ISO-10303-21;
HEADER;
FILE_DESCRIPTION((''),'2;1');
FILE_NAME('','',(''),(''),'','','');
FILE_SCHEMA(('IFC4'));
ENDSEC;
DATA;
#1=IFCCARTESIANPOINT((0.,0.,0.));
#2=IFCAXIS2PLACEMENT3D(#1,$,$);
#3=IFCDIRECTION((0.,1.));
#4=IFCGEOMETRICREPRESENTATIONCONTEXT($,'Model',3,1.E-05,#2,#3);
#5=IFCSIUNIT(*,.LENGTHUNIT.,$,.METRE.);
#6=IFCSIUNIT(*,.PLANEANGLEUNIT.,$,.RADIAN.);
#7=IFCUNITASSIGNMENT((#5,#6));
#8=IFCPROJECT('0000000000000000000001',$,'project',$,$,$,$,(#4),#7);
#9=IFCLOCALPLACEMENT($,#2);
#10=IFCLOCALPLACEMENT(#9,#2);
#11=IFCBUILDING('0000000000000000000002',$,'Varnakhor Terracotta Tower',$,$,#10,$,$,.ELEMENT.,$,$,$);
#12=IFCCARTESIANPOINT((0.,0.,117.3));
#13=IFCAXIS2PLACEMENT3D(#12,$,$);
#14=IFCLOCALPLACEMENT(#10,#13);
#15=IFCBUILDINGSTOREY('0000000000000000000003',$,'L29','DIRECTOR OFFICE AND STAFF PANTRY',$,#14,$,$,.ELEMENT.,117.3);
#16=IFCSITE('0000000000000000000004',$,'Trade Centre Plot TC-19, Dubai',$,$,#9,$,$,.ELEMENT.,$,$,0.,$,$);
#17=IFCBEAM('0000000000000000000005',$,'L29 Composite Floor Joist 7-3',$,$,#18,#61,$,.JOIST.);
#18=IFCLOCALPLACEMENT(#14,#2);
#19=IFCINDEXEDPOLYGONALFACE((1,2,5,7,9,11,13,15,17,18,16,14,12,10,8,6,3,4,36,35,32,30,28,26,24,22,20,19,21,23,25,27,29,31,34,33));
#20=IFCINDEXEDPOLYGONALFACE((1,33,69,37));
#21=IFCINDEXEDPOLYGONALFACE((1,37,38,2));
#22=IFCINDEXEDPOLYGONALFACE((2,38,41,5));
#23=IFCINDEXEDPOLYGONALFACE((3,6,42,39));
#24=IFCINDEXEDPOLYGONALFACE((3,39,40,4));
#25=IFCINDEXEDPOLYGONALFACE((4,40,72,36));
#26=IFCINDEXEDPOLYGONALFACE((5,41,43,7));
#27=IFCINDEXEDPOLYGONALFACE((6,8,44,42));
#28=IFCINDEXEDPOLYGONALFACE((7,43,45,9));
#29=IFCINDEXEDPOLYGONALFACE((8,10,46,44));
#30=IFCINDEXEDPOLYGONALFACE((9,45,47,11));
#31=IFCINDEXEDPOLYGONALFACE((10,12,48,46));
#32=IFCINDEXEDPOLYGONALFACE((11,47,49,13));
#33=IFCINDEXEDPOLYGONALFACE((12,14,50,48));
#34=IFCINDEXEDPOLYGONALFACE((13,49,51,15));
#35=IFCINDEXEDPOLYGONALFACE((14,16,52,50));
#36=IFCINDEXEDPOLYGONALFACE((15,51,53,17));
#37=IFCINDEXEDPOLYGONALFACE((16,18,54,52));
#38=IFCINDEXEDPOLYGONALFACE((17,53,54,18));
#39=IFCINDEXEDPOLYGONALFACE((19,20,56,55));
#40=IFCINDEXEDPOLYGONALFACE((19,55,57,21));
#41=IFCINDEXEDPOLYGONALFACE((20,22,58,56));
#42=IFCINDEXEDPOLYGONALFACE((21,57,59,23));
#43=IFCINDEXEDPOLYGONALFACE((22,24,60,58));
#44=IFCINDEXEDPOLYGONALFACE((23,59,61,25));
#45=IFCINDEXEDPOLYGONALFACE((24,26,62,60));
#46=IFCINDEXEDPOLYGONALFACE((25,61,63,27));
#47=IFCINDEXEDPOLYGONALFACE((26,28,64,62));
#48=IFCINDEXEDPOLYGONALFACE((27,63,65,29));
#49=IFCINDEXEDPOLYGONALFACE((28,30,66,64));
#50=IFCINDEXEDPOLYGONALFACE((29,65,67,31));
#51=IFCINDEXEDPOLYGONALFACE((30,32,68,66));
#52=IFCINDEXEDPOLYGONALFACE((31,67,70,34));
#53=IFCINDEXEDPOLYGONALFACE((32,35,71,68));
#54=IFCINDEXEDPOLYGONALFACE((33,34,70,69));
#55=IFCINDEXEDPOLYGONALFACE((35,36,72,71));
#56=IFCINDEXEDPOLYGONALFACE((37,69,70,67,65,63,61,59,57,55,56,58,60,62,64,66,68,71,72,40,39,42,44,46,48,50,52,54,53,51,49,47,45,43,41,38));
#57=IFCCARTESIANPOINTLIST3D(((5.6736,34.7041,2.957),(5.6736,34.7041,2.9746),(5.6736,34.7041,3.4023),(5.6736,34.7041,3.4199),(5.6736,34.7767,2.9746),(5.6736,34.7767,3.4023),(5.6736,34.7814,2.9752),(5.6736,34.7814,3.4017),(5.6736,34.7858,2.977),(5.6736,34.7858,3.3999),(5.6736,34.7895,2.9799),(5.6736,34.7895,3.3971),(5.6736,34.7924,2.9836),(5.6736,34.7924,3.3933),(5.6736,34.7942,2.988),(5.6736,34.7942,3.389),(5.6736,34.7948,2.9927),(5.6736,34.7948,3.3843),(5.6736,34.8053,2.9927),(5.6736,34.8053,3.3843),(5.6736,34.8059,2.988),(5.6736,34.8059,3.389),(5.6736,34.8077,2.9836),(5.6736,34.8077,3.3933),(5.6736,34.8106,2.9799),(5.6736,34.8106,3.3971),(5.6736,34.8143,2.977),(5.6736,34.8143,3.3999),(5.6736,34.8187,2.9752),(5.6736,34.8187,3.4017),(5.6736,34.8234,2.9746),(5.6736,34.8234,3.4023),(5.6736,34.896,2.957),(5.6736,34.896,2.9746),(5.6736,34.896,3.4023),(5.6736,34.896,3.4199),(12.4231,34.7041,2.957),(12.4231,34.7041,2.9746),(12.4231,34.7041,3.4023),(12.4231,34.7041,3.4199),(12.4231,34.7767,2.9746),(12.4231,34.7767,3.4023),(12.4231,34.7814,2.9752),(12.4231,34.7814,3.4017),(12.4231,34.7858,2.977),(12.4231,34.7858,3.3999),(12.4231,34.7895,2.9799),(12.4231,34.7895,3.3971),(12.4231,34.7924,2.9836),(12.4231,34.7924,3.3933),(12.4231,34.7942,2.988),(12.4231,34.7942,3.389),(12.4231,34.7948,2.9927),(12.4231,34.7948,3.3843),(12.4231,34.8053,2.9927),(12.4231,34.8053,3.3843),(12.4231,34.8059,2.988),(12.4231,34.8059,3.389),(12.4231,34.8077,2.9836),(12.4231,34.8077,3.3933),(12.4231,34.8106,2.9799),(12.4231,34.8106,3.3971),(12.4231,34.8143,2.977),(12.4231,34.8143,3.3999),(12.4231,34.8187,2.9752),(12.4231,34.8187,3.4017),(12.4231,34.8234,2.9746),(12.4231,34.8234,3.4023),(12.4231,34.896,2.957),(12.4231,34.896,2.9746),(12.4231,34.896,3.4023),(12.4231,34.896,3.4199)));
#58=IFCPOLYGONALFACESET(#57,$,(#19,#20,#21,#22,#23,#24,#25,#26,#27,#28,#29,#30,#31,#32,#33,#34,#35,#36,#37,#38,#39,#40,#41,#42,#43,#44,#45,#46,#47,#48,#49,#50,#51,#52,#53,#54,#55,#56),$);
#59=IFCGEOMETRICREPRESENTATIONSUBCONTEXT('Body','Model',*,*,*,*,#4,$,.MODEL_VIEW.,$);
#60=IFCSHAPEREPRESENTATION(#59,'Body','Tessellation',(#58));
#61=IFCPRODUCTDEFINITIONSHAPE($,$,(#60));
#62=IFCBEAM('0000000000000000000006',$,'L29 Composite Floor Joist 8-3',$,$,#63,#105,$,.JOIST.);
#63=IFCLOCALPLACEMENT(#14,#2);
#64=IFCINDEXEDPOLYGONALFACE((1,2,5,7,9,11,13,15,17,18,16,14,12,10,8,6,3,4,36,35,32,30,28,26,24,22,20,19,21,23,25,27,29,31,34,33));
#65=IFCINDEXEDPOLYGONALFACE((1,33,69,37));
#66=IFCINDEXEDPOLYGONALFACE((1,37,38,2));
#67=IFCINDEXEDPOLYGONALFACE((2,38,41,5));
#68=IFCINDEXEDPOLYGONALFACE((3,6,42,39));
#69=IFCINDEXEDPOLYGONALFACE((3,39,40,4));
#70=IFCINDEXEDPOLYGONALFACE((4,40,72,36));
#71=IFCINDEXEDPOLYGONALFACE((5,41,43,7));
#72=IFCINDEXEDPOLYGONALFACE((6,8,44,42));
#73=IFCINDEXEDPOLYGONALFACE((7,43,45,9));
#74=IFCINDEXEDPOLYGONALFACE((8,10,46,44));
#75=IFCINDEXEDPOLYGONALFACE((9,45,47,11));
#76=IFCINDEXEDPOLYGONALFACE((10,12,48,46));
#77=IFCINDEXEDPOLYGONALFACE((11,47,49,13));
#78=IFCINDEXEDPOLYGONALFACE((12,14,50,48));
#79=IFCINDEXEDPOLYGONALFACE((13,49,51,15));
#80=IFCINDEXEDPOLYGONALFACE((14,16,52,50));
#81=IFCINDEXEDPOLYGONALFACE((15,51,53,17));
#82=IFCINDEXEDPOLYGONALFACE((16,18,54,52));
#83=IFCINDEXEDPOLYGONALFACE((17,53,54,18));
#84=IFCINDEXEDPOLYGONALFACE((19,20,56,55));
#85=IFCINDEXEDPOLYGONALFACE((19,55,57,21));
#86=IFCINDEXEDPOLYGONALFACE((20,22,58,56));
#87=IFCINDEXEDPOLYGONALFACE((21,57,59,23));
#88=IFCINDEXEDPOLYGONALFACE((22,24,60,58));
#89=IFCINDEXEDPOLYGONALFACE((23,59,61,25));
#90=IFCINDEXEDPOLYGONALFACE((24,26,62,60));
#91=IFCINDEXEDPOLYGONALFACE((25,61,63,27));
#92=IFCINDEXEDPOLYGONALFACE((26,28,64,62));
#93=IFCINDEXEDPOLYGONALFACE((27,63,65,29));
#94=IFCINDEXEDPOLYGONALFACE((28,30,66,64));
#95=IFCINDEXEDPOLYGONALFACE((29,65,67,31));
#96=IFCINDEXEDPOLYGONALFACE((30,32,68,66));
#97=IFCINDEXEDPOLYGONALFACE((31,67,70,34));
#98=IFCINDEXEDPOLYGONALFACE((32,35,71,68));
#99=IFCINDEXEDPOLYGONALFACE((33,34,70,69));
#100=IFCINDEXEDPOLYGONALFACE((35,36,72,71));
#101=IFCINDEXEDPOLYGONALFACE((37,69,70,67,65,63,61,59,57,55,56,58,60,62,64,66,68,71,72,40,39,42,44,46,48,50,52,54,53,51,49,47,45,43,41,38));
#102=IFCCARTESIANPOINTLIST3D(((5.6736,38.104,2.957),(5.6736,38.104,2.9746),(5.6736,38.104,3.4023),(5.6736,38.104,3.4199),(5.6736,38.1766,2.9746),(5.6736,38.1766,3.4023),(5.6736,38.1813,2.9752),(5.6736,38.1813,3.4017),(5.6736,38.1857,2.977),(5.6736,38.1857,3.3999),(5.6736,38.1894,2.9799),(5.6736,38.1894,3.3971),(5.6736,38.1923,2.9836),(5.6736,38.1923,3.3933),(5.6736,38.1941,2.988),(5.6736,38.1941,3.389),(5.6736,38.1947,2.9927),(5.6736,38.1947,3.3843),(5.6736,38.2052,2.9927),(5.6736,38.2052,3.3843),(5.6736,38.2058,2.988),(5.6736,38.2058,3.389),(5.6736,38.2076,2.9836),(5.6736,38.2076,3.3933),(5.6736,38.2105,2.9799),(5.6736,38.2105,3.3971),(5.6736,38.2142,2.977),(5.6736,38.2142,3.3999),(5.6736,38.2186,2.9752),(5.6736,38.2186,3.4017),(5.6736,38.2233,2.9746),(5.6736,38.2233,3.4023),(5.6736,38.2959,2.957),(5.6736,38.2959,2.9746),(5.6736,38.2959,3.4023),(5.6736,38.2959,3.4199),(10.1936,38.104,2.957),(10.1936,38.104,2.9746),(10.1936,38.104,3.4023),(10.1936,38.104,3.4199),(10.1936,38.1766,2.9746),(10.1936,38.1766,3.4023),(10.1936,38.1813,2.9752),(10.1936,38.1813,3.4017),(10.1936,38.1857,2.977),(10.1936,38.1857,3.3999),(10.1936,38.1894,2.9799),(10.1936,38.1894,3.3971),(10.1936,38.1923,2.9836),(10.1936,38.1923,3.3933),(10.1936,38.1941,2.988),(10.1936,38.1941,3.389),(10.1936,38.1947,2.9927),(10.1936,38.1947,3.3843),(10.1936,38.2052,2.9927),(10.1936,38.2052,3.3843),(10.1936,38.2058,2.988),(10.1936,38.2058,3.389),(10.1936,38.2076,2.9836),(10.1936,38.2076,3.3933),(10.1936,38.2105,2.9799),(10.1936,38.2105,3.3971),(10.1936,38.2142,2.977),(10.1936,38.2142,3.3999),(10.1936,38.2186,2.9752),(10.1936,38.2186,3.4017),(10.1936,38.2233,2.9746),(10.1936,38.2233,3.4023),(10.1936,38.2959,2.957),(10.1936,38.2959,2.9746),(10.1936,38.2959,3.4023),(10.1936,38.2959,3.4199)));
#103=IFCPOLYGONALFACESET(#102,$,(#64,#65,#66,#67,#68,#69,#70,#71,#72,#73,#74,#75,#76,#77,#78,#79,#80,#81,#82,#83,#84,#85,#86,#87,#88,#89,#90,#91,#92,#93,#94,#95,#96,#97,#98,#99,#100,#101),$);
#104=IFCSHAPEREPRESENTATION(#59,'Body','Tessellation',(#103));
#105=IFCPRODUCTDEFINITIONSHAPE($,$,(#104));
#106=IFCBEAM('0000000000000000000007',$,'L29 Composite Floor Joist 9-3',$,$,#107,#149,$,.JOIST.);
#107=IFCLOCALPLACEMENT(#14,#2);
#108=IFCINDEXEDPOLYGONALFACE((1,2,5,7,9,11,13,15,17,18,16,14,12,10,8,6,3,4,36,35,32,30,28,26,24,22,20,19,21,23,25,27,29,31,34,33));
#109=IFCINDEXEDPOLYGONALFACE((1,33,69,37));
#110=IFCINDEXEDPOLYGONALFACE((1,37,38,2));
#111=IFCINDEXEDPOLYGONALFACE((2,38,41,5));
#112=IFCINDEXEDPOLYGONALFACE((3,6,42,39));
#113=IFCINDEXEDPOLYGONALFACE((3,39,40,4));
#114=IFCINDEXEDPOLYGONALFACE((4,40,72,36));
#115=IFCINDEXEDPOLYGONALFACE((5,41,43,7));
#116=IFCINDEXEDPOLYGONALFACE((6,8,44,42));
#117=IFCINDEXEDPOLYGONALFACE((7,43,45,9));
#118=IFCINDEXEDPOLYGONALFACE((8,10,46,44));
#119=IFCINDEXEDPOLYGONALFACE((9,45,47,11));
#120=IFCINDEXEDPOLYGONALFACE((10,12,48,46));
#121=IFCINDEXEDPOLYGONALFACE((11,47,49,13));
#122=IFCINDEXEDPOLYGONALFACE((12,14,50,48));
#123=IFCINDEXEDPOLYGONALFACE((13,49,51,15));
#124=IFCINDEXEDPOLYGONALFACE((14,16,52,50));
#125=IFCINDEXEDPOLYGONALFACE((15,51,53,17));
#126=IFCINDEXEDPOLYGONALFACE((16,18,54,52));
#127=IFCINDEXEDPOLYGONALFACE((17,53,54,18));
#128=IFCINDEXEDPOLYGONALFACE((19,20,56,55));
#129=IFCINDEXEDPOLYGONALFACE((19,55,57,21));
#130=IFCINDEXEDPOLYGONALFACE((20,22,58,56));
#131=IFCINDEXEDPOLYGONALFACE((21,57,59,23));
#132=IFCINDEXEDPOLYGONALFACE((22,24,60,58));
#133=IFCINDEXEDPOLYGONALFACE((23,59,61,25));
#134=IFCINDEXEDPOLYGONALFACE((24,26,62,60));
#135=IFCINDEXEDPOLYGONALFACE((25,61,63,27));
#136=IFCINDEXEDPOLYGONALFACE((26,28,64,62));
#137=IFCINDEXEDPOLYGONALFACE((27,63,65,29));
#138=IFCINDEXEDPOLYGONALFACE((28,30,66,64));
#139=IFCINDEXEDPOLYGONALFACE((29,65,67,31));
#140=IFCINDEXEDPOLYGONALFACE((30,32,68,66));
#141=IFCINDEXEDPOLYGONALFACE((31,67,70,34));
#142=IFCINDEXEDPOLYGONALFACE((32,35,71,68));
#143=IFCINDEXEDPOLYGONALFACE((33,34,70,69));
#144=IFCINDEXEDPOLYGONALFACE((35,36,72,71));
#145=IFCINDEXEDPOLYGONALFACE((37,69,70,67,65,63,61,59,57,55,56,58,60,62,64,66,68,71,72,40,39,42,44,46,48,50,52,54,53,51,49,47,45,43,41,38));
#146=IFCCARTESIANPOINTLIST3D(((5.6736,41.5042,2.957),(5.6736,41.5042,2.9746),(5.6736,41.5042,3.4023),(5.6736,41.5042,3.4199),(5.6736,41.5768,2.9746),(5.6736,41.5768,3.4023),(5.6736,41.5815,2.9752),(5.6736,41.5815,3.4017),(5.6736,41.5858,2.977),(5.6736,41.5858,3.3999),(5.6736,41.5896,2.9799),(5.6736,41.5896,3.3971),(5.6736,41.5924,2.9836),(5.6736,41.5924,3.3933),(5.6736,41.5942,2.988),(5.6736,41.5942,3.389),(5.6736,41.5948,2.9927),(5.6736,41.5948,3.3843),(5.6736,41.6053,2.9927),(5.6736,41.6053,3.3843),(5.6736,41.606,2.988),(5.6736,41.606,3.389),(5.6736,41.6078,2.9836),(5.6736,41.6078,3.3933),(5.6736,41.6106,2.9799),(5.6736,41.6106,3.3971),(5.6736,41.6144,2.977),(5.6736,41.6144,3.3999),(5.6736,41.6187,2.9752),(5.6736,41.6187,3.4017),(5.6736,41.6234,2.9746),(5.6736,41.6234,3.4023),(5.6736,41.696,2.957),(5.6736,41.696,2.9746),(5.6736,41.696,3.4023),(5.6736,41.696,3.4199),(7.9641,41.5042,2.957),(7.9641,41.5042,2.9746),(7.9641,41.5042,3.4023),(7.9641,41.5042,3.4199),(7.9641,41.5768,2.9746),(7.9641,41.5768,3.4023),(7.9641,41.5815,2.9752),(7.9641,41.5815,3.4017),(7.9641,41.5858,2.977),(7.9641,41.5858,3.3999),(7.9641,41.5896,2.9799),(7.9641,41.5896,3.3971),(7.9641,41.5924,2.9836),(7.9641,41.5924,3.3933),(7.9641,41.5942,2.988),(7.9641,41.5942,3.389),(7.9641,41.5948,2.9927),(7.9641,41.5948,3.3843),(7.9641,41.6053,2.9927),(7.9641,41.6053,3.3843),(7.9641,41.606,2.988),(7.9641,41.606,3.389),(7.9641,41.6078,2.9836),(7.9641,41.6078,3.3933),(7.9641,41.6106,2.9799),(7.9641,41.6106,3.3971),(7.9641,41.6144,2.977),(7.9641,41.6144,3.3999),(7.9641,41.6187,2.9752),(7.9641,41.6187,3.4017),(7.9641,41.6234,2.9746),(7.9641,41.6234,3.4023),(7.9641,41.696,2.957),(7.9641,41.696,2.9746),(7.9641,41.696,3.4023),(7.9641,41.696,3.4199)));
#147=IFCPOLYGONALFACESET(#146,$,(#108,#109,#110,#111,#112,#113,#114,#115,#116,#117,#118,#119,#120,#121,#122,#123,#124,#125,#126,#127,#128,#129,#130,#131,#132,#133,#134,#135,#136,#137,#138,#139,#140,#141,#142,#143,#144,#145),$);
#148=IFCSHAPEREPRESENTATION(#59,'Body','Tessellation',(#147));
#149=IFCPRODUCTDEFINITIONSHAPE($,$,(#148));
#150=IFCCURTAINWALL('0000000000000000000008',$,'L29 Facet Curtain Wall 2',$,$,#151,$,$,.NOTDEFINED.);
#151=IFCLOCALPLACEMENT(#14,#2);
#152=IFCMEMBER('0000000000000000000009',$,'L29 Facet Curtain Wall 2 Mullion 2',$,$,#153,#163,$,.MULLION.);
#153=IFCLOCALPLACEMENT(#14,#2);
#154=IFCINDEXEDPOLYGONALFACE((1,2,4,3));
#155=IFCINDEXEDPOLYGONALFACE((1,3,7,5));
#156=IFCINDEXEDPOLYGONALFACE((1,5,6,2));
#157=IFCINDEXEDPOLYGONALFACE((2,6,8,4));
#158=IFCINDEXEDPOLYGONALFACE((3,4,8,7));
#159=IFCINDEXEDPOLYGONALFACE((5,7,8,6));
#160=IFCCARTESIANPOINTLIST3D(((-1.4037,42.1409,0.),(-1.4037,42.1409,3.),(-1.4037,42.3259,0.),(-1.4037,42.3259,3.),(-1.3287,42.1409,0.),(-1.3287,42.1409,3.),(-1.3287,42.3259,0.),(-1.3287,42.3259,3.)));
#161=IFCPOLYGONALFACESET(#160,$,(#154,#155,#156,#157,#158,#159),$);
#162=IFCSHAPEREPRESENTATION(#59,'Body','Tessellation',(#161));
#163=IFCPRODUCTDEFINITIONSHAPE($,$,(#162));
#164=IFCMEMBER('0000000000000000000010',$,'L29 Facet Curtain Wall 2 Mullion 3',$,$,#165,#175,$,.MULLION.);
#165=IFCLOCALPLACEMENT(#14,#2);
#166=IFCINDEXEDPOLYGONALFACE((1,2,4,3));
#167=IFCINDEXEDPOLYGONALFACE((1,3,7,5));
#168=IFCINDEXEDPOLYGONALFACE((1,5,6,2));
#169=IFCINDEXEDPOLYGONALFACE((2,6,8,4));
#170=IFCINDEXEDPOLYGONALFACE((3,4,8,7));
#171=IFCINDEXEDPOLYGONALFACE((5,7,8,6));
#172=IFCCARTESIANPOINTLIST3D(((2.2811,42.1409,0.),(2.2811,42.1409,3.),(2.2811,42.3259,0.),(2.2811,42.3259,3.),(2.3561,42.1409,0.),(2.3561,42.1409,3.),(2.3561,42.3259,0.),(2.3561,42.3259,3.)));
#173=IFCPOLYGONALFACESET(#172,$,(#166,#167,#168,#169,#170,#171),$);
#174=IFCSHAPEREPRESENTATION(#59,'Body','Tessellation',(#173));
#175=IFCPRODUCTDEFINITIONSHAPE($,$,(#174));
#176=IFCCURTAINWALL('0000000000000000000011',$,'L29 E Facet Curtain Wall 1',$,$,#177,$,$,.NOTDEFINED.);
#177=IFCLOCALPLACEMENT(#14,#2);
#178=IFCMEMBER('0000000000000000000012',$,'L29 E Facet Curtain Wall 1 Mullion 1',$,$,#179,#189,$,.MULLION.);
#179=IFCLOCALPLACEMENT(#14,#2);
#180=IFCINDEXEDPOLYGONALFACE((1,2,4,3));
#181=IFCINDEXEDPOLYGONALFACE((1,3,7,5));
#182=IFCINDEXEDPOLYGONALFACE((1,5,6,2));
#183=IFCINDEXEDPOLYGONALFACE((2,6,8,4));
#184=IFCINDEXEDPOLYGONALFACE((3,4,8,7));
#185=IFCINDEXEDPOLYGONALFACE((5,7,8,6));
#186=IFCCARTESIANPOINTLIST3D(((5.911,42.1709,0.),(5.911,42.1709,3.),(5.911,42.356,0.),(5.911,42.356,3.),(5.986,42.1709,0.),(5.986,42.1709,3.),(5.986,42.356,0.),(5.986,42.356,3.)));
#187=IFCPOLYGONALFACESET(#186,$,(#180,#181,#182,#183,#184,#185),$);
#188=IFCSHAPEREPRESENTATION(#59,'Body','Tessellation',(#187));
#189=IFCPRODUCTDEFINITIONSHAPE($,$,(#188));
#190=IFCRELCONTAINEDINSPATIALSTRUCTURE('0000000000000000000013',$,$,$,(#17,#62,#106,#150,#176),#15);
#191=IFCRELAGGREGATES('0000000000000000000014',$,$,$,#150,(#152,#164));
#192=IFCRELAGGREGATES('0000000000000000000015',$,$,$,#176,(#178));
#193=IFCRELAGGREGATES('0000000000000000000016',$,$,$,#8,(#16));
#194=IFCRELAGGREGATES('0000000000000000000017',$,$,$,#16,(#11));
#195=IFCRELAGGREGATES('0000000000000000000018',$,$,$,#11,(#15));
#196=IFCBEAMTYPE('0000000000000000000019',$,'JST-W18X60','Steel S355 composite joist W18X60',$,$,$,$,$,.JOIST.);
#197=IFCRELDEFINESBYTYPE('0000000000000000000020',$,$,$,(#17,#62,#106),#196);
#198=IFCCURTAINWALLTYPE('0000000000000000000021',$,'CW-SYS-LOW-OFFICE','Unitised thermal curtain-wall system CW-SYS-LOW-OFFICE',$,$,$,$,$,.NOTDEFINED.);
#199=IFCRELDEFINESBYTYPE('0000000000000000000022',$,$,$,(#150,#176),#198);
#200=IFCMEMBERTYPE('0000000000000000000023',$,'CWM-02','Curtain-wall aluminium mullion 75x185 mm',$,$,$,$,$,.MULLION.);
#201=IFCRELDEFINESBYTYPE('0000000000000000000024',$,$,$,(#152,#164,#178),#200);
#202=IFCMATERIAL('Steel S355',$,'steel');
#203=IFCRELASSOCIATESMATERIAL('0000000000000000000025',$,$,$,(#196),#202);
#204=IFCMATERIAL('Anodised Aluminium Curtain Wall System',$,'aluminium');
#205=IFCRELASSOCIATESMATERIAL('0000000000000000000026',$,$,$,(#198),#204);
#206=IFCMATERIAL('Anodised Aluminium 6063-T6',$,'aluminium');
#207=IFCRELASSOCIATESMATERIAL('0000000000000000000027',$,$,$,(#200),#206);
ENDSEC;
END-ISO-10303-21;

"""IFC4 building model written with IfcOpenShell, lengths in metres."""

from ifc_helpers import new_model, si_unit, direction, frame, origin, origin_2d, place, context, subcontext, project, spatial, rectangle, i_section, extrude, source, transform, mapped, material, material_profile, profile_set, type_object, element, aggregate, save


model = new_model("IFC4")

# Units and contexts
model_context = context("Model", 3, precision=1e-05, world=origin(), true_north=direction((0.0, 1.0)))
body_context = subcontext(model_context, "Body", "Model", "MODEL_VIEW")
ifc_project = project(units=[si_unit("LENGTHUNIT", "METRE"), si_unit("PLANEANGLEUNIT", "RADIAN")], contexts=[model_context])

# Site, building, storey
site_placement = place(None, origin())
site = spatial("IfcSite", under=ifc_project, at=site_placement, Name="Trade Centre Plot TC-19, Dubai", CompositionType="ELEMENT", RefElevation=0.0)
building_placement = place(site_placement, origin())
building = spatial("IfcBuilding", under=site, at=building_placement, Name="Varnakhor Terracotta Tower", CompositionType="ELEMENT")
storey_placement = place(building_placement, frame((0.0, 0.0, 117.3)))
storey = spatial("IfcBuildingStorey", under=building, at=storey_placement, Name="L29", Description="DIRECTOR OFFICE AND STAFF PANTRY", CompositionType="ELEMENT", Elevation=117.3)

# Beams
ifc_material_1 = material(Name="Steel S355", Category="steel")
ifc_material_profile_1 = material_profile(ifc_material_1, i_section(OverallWidth=0.1919, OverallDepth=0.4629, WebThickness=0.0105, FlangeThickness=0.0176, FilletRadius=0.0181, at=origin_2d()), Name="W18X60")
ifc_profile_set_1 = profile_set([ifc_material_profile_1], Name="Steel S355")
beam_type_1 = type_object("IfcBeamType", Name="JST-W18X60", Description="Steel S355 composite joist W18X60", PredefinedType="JOIST", material=ifc_profile_set_1)
shared_shape_1 = source(origin(), body_context, "Body", "SweptSolid", [
    extrude(i_section(OverallWidth=0.1919, OverallDepth=0.4629, WebThickness=0.0105, FlangeThickness=0.0176, FilletRadius=0.0181, at=origin_2d()), origin(), (0.0, 0.0, 1.0), 6.7495),
])
beam_1_placement = place(storey_placement, frame((5.6736, 34.8, 3.1885), z_axis=(1.0, 0.0, 0.0), x_axis=(0.0, 1.0, 0.0)))
element("IfcBeam", 1, at=beam_1_placement, inside=storey, type_object=beam_type_1, Name="L29 Composite Floor Joist 7-3", PredefinedType="JOIST", context=body_context, shape_type="MappedRepresentation", body=[
    mapped(shared_shape_1, transform((0.0, 0.0, 0.0), scale=1.0)),
])
shared_shape_2 = source(origin(), body_context, "Body", "SweptSolid", [
    extrude(i_section(OverallWidth=0.1919, OverallDepth=0.4629, WebThickness=0.0105, FlangeThickness=0.0176, FilletRadius=0.0181, at=origin_2d()), origin(), (0.0, 0.0, 1.0), 4.52),
])
beam_2_placement = place(storey_placement, frame((5.6736, 38.2, 3.1885), z_axis=(1.0, 0.0, 0.0), x_axis=(0.0, 1.0, 0.0)))
element("IfcBeam", 2, at=beam_2_placement, inside=storey, type_object=beam_type_1, Name="L29 Composite Floor Joist 8-3", PredefinedType="JOIST", context=body_context, shape_type="MappedRepresentation", body=[
    mapped(shared_shape_2, transform((0.0, 0.0, 0.0), scale=1.0)),
])
shared_shape_3 = source(origin(), body_context, "Body", "SweptSolid", [
    extrude(i_section(OverallWidth=0.1919, OverallDepth=0.4629, WebThickness=0.0105, FlangeThickness=0.0176, FilletRadius=0.0181, at=origin_2d()), origin(), (0.0, 0.0, 1.0), 2.2905),
])
beam_3_placement = place(storey_placement, frame((5.6736, 41.6001, 3.1885), z_axis=(1.0, 0.0, 0.0), x_axis=(0.0, 1.0, 0.0)))
element("IfcBeam", 3, at=beam_3_placement, inside=storey, type_object=beam_type_1, Name="L29 Composite Floor Joist 9-3", PredefinedType="JOIST", context=body_context, shape_type="MappedRepresentation", body=[
    mapped(shared_shape_3, transform((0.0, 0.0, 0.0), scale=1.0)),
])

# Curtain walls, members
ifc_material_2 = material(Name="Anodised Aluminium Curtain Wall System", Category="aluminium")
curtain_wall_type = type_object("IfcCurtainWallType", Name="CW-SYS-LOW-OFFICE", Description="Unitised thermal curtain-wall system CW-SYS-LOW-OFFICE", PredefinedType="NOTDEFINED", material=ifc_material_2)
curtain_wall_1_placement = place(storey_placement, origin())
curtain_wall_1 = element("IfcCurtainWall", 4, at=curtain_wall_1_placement, inside=storey, type_object=curtain_wall_type, Name="L29 Facet Curtain Wall 2", PredefinedType="NOTDEFINED")
ifc_material_3 = material(Name="Anodised Aluminium 6063-T6", Category="aluminium")
ifc_material_profile_2 = material_profile(ifc_material_3, rectangle(XDim=0.075, YDim=0.1851, at=origin_2d()), Name="ALU MULLION 75x185")
ifc_profile_set_2 = profile_set([ifc_material_profile_2], Name="Anodised Aluminium 6063-T6")
member_type_1 = type_object("IfcMemberType", Name="CWM-02", Description="Curtain-wall aluminium mullion 75x185 mm", PredefinedType="MULLION", material=ifc_profile_set_2)
shared_shape_4 = source(origin(), body_context, "Body", "SweptSolid", [
    extrude(rectangle(XDim=0.075, YDim=0.1851, at=origin_2d()), origin(), (0.0, 0.0, 1.0), 3.0),
])
member_1_placement = place(storey_placement, frame((-1.3662, 42.2334, 0.0), z_axis=(0.0, 0.0, 1.0), x_axis=(1.0, 0.0, 0.0)))
member_1 = element("IfcMember", 5, at=member_1_placement, type_object=member_type_1, Name="L29 Facet Curtain Wall 2 Mullion 2", PredefinedType="MULLION", context=body_context, shape_type="MappedRepresentation", body=[
    mapped(shared_shape_4, transform((0.0, 0.0, 0.0), scale=1.0)),
])
member_2_placement = place(storey_placement, frame((2.3186, 42.2334, 0.0), z_axis=(0.0, 0.0, 1.0), x_axis=(1.0, 0.0, 0.0)))
member_2 = element("IfcMember", 6, at=member_2_placement, type_object=member_type_1, Name="L29 Facet Curtain Wall 2 Mullion 3", PredefinedType="MULLION", context=body_context, shape_type="MappedRepresentation", body=[
    mapped(shared_shape_4, transform((0.0, 0.0, 0.0), scale=1.0)),
])
curtain_wall_2_placement = place(storey_placement, origin())
curtain_wall_2 = element("IfcCurtainWall", 7, at=curtain_wall_2_placement, inside=storey, type_object=curtain_wall_type, Name="L29 E Facet Curtain Wall 1", PredefinedType="NOTDEFINED")
member_3_placement = place(storey_placement, frame((5.9485, 42.2634, 0.0), z_axis=(0.0, 0.0, 1.0), x_axis=(1.0, 0.0, 0.0)))
member_3 = element("IfcMember", 8, at=member_3_placement, type_object=member_type_1, Name="L29 E Facet Curtain Wall 1 Mullion 1", PredefinedType="MULLION", context=body_context, shape_type="MappedRepresentation", body=[
    mapped(shared_shape_4, transform((0.0, 0.0, 0.0), scale=1.0)),
])

aggregate(curtain_wall_1, [member_1, member_2])
aggregate(curtain_wall_2, [member_3])

save(model, "model.ifc")
